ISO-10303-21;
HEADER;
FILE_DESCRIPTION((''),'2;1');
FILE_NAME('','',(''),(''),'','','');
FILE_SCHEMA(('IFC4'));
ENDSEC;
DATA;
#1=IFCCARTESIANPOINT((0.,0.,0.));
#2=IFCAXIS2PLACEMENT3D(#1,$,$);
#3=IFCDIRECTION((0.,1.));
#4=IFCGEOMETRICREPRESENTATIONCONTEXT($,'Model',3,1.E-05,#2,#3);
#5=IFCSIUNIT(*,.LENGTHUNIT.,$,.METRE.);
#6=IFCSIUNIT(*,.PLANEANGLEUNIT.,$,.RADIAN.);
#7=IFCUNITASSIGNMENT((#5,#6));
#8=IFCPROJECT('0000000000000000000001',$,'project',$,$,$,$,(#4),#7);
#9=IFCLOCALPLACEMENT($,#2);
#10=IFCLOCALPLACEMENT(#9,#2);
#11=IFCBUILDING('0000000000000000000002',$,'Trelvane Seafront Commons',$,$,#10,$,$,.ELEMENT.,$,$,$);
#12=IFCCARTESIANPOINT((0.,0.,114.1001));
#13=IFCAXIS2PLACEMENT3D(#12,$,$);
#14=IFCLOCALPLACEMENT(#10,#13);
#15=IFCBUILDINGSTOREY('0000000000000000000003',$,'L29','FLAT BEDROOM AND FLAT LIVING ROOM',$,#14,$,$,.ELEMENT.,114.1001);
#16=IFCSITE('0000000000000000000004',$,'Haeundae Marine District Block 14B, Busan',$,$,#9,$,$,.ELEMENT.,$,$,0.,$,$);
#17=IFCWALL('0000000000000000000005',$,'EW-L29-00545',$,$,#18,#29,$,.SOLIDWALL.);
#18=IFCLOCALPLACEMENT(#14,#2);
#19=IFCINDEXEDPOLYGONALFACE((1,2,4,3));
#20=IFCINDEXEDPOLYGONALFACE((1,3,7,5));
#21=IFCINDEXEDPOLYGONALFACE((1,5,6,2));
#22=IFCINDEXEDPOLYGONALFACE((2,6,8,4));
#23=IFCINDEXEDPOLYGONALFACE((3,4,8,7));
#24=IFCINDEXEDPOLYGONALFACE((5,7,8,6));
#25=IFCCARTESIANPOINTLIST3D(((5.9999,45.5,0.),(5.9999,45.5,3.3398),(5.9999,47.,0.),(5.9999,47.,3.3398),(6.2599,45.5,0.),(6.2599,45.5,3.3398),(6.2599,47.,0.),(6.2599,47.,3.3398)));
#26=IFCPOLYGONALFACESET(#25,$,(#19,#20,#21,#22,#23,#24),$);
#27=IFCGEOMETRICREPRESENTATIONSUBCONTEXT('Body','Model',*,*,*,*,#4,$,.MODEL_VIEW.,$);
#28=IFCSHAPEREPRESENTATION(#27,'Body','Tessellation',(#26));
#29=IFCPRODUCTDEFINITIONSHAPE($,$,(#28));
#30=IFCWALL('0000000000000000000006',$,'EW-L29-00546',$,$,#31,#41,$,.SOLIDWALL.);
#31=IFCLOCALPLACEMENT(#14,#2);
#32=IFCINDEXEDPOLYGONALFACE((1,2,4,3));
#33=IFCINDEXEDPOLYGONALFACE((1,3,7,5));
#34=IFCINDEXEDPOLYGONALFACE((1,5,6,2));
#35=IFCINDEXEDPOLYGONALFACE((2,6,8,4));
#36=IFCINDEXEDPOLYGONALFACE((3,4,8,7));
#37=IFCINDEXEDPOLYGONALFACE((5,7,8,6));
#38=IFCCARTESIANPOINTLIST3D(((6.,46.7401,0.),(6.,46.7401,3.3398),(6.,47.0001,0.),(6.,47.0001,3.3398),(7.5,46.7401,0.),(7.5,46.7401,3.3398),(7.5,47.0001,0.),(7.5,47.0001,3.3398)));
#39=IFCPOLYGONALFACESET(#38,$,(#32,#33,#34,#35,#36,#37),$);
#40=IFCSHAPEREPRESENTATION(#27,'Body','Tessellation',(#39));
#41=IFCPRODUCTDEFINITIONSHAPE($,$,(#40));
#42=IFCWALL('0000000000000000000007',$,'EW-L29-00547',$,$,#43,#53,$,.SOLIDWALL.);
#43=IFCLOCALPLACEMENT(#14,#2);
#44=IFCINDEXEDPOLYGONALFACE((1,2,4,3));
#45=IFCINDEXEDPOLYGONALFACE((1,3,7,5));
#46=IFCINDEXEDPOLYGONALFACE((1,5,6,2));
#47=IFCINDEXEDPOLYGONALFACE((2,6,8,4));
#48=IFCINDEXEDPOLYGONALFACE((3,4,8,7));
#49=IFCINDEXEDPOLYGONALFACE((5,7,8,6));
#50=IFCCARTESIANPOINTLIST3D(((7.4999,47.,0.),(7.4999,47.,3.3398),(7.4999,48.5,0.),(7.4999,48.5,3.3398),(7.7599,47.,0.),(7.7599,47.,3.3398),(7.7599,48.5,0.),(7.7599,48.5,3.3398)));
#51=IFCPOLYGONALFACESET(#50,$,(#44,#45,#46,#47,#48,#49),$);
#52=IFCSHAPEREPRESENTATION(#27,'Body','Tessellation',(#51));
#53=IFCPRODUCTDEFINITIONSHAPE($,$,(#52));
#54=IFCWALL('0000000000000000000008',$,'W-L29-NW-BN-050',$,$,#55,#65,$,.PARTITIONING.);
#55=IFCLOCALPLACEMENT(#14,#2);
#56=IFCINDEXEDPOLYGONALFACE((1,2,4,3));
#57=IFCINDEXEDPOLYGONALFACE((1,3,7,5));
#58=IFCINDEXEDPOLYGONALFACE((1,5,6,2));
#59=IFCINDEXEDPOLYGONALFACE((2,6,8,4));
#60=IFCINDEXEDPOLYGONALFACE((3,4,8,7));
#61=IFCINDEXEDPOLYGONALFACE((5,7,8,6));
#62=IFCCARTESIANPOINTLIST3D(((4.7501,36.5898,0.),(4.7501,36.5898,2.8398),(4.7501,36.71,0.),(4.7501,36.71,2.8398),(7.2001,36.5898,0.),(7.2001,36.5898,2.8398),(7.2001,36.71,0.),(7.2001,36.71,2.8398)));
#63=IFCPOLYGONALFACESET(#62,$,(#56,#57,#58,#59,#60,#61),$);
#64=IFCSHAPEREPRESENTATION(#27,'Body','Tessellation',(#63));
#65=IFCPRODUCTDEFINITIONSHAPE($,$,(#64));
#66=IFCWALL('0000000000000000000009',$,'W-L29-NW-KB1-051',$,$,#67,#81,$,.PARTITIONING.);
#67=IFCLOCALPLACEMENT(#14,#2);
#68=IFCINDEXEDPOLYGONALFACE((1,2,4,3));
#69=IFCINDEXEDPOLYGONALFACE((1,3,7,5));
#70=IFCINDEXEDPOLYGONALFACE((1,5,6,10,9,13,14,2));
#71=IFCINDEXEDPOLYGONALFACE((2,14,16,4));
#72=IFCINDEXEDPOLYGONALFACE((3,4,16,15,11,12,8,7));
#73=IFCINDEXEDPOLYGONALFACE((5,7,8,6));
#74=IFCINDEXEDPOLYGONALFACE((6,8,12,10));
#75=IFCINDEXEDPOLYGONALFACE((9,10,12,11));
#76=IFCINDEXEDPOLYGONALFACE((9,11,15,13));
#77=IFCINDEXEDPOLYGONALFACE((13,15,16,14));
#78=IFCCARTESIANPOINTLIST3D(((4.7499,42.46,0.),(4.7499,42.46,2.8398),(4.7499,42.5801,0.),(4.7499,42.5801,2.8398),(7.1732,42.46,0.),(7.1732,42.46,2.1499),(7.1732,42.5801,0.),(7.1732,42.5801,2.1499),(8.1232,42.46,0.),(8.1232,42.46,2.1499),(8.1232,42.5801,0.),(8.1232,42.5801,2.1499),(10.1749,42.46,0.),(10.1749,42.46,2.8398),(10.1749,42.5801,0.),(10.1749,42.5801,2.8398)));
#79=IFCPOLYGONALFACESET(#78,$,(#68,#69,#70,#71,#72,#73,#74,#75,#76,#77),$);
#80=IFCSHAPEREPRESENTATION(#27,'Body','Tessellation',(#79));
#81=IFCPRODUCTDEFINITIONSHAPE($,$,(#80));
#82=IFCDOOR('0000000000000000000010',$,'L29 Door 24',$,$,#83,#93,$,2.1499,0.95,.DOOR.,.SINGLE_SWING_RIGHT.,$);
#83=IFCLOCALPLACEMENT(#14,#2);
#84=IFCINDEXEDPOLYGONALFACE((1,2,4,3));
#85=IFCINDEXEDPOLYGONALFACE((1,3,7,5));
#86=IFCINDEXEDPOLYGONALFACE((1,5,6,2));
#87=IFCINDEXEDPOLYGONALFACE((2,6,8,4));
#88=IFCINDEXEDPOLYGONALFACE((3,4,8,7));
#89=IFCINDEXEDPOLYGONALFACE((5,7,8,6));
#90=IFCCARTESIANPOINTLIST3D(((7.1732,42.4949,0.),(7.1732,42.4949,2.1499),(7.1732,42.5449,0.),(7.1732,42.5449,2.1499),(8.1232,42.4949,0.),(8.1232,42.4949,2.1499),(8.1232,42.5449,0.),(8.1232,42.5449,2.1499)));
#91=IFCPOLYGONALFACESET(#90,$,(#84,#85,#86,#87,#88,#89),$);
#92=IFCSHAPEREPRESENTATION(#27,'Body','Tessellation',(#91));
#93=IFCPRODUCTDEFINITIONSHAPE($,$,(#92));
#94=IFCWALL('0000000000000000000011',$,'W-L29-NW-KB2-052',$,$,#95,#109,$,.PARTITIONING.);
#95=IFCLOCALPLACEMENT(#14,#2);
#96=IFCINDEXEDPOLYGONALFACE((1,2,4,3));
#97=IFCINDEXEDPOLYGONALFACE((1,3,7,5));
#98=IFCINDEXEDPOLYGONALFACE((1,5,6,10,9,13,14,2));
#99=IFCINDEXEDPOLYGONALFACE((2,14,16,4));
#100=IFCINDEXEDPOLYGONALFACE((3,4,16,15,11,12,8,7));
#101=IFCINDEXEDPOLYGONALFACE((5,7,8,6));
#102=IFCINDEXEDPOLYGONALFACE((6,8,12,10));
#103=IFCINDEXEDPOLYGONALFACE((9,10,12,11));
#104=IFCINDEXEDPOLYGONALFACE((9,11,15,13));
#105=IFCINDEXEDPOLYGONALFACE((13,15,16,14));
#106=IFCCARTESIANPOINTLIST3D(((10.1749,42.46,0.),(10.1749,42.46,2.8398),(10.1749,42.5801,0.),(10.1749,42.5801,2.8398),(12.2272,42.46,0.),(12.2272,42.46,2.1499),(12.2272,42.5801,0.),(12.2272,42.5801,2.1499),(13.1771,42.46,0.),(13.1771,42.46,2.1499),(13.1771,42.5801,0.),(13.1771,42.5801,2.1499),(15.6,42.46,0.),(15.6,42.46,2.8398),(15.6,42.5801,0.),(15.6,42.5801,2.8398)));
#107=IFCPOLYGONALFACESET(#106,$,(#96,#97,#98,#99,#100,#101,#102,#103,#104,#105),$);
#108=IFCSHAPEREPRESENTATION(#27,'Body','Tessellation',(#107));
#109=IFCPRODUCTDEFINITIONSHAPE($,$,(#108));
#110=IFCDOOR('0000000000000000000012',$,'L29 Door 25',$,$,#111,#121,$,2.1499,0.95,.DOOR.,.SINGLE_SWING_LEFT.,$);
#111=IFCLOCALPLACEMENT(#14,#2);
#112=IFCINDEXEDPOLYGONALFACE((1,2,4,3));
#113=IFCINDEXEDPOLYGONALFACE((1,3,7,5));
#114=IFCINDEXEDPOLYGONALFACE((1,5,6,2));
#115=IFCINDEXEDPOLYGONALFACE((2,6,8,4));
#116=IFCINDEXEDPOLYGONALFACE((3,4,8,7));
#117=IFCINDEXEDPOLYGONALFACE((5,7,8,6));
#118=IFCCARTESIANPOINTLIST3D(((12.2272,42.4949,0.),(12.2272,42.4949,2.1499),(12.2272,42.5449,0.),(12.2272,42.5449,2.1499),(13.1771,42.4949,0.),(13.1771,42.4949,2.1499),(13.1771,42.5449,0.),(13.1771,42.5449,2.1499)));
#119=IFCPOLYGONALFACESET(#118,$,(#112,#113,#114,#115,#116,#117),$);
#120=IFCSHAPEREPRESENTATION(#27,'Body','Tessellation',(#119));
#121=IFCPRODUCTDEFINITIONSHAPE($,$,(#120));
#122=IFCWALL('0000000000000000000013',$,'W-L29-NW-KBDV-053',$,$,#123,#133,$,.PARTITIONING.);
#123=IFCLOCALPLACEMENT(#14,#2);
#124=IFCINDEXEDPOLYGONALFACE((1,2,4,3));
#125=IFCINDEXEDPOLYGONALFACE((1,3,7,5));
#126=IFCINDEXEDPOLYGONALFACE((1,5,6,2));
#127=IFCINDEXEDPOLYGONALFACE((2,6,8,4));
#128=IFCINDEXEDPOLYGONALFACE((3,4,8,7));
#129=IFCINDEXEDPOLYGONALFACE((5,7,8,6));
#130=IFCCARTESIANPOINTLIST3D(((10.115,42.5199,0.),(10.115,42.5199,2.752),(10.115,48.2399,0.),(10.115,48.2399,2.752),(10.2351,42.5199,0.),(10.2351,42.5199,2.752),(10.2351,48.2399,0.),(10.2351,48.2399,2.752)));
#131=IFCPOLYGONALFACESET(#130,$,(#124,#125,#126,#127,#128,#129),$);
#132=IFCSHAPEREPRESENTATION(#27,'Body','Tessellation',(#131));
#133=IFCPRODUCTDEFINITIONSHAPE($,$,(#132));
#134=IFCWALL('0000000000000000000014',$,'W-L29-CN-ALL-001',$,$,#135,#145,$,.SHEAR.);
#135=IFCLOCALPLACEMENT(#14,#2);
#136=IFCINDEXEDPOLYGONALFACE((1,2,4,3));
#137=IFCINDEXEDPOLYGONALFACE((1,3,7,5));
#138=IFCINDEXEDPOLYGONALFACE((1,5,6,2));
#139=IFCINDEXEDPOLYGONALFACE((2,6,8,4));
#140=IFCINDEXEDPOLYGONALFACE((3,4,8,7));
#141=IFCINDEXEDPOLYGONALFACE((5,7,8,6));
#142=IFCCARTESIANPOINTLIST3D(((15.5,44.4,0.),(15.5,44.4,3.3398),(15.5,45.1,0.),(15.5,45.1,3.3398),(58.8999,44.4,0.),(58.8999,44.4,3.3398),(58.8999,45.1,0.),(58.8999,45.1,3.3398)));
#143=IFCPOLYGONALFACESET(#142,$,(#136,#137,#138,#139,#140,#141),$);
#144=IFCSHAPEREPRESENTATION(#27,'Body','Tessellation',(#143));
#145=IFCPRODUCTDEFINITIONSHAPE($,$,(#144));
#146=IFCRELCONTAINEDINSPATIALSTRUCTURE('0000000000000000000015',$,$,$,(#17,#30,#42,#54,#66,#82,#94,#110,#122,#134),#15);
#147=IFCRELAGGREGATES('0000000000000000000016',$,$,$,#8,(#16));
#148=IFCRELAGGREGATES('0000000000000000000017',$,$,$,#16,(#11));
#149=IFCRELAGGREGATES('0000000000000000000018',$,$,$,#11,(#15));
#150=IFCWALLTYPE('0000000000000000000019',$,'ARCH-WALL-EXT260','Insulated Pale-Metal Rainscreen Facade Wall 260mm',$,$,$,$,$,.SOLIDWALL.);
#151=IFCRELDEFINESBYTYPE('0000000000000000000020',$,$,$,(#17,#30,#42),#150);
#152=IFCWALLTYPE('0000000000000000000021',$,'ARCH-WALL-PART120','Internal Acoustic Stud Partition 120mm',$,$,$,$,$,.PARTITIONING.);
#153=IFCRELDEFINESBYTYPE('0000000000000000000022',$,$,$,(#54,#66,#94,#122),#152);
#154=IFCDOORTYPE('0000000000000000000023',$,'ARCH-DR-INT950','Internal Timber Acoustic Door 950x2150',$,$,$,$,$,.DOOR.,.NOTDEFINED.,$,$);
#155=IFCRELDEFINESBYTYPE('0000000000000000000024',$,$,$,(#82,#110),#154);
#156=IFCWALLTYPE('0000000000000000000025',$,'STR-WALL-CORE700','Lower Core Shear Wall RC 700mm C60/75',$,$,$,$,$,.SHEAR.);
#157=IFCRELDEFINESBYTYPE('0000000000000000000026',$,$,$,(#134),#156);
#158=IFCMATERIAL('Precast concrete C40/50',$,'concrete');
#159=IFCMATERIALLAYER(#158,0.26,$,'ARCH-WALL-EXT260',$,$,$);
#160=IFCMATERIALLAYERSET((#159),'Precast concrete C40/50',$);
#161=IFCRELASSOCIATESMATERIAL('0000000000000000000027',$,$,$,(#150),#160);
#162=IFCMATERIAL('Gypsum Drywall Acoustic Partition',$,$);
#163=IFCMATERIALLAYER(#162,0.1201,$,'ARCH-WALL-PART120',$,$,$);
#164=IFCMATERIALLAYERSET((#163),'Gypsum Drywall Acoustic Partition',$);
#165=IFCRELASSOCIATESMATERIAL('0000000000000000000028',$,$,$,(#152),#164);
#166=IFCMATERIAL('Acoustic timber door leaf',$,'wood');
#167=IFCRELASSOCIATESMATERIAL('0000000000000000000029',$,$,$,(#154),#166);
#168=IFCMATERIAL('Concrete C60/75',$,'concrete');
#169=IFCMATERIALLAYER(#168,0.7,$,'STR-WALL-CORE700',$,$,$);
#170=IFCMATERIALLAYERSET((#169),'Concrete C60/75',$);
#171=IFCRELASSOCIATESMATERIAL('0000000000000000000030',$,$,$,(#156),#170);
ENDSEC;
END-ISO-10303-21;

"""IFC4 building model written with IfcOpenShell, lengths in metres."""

from ifc_helpers import new_model, si_unit, direction, frame, frame_2d, origin, place, context, subcontext, project, spatial, rectangle, extrude, source, transform, mapped, material, layer, layer_set, type_object, element, fill, save


model = new_model("IFC4")

# Units and contexts
model_context = context("Model", 3, precision=1e-05, world=origin(), true_north=direction((0.0, 1.0)))
body_context = subcontext(model_context, "Body", "Model", "MODEL_VIEW")
ifc_project = project(units=[si_unit("LENGTHUNIT", "METRE"), si_unit("PLANEANGLEUNIT", "RADIAN")], contexts=[model_context])

# Site, building, storey
site_placement = place(None, origin())
site = spatial("IfcSite", under=ifc_project, at=site_placement, Name="Haeundae Marine District Block 14B, Busan", CompositionType="ELEMENT", RefElevation=0.0)
building_placement = place(site_placement, origin())
building = spatial("IfcBuilding", under=site, at=building_placement, Name="Trelvane Seafront Commons", CompositionType="ELEMENT")
storey_placement = place(building_placement, frame((0.0, 0.0, 114.1001)))
storey = spatial("IfcBuildingStorey", under=building, at=storey_placement, Name="L29", Description="FLAT BEDROOM AND FLAT LIVING ROOM", CompositionType="ELEMENT", Elevation=114.1001)

# Shared definitions
ifc_material_1 = material(Name="Concrete C60/75", Category="concrete")

# Shared definitions
ifc_material_2 = material(Name="Precast concrete C40/50", Category="concrete")
ifc_layer_1 = layer(ifc_material_2, 0.26, Name="ARCH-WALL-EXT260")
ifc_layer_set_1 = layer_set([ifc_layer_1], Name="Precast concrete C40/50")
wall_type_1 = type_object("IfcWallType", Name="ARCH-WALL-EXT260", Description="Insulated Pale-Metal Rainscreen Facade Wall 260mm", PredefinedType="SOLIDWALL", material=ifc_layer_set_1)

# Walls
for number, where, z_axis, x_axis, name in (
    (1, (6.1299, 45.5, 0.0), (0.0, 0.0, 1.0), (0.0, 1.0, 0.0), "EW-L29-00545"),
    (2, (6.0, 46.8701, 0.0), (0.0, 0.0, 1.0), (1.0, 0.0, 0.0), "EW-L29-00546"),
    (3, (7.6299, 47.0, 0.0), (0.0, 0.0, 1.0), (0.0, 1.0, 0.0), "EW-L29-00547"),
):
    element("IfcWall", number, at=place(storey_placement, frame(where, z_axis=z_axis, x_axis=x_axis)), inside=storey, type_object=wall_type_1, Name=name, PredefinedType="SOLIDWALL", context=body_context, shape_type="SweptSolid", body=[
        extrude(rectangle(XDim=1.5, YDim=0.26, at=frame_2d((0.75, 0.0))), origin(), (0.0, 0.0, 1.0), 3.3398),
    ])
ifc_material_3 = material(Name="Gypsum Drywall Acoustic Partition")
ifc_layer_2 = layer(ifc_material_3, 0.1201, Name="ARCH-WALL-PART120")
ifc_layer_set_2 = layer_set([ifc_layer_2], Name="Gypsum Drywall Acoustic Partition")
wall_type_2 = type_object("IfcWallType", Name="ARCH-WALL-PART120", Description="Internal Acoustic Stud Partition 120mm", PredefinedType="PARTITIONING", material=ifc_layer_set_2)
wall_1_placement = place(storey_placement, frame((4.75, 36.6499, 0.0), z_axis=(0.0, 0.0, 1.0), x_axis=(1.0, 0.0, 0.0)))
element("IfcWall", 4, at=wall_1_placement, inside=storey, type_object=wall_type_2, Name="W-L29-NW-BN-050", PredefinedType="PARTITIONING", context=body_context, shape_type="SweptSolid", body=[
    extrude(rectangle(XDim=2.45, YDim=0.1201, at=frame_2d((1.2251, 0.0))), origin(), (0.0, 0.0, 1.0), 2.8398),
])

# Walls, openings, doors
wall_2_placement = place(storey_placement, frame((4.75, 42.52, 0.0), z_axis=(0.0, 0.0, 1.0), x_axis=(1.0, 0.0, 0.0)))
wall_2 = element("IfcWall", 5, at=wall_2_placement, inside=storey, type_object=wall_type_2, Name="W-L29-NW-KB1-051", PredefinedType="PARTITIONING", context=body_context, shape_type="SweptSolid", body=[
    extrude(rectangle(XDim=5.425, YDim=0.1201, at=frame_2d((2.7124, 0.0))), origin(), (0.0, 0.0, 1.0), 2.8398),
])
opening_1_placement = place(wall_2_placement, frame((2.4231, 0.0, 0.0)))
opening_1 = element("IfcOpeningElement", 6, at=opening_1_placement, cuts=wall_2, PredefinedType="OPENING", context=body_context, shape_type="SweptSolid", body=[
    extrude(rectangle(XDim=0.95, YDim=2.1499, at=frame_2d((0.4751, 1.075))), frame((0.0, 0.0701, 0.0), z_axis=(0.0, -1.0, 0.0), x_axis=(1.0, 0.0, 0.0)), (0.0, 0.0, 1.0), 0.1401),
])
ifc_material_4 = material(Name="Acoustic timber door leaf", Category="wood")
door_type_1 = type_object("IfcDoorType", Name="ARCH-DR-INT950", Description="Internal Timber Acoustic Door 950x2150", OperationType="NOTDEFINED", PredefinedType="DOOR", material=ifc_material_4)
shared_shape_1 = source(origin(), body_context, "Body", "SweptSolid", [
    extrude(rectangle(XDim=0.95, YDim=2.1499, at=frame_2d((0.4751, 1.075))), frame((0.0, 0.0249, 0.0), z_axis=(0.0, -1.0, 0.0), x_axis=(1.0, 0.0, 0.0)), (0.0, 0.0, 1.0), 0.05),
])
door_1_placement = place(opening_1_placement, origin())
door_1 = element("IfcDoor", 7, at=door_1_placement, inside=storey, type_object=door_type_1, Name="L29 Door 24", OperationType="SINGLE_SWING_RIGHT", OverallHeight=2.1499, OverallWidth=0.95, PredefinedType="DOOR", context=body_context, shape_type="MappedRepresentation", body=[
    mapped(shared_shape_1, transform((0.0, 0.0, 0.0), x_axis=(1.0, 0.0, 0.0), y_axis=(0.0, 1.0, 0.0), z_axis=(0.0, 0.0, 1.0), scale=1.0)),
])
fill(opening_1, door_1)
wall_3_placement = place(storey_placement, frame((10.175, 42.52, 0.0), z_axis=(0.0, 0.0, 1.0), x_axis=(1.0, 0.0, 0.0)))
wall_3 = element("IfcWall", 8, at=wall_3_placement, inside=storey, type_object=wall_type_2, Name="W-L29-NW-KB2-052", PredefinedType="PARTITIONING", context=body_context, shape_type="SweptSolid", body=[
    extrude(rectangle(XDim=5.425, YDim=0.1201, at=frame_2d((2.7124, 0.0))), origin(), (0.0, 0.0, 1.0), 2.8398),
])
opening_2_placement = place(wall_3_placement, frame((2.052, 0.0, 0.0)))
opening_2 = element("IfcOpeningElement", 9, at=opening_2_placement, cuts=wall_3, PredefinedType="OPENING", context=body_context, shape_type="SweptSolid", body=[
    extrude(rectangle(XDim=0.95, YDim=2.1499, at=frame_2d((0.4751, 1.075))), frame((0.0, 0.0701, 0.0), z_axis=(0.0, -1.0, 0.0), x_axis=(1.0, 0.0, 0.0)), (0.0, 0.0, 1.0), 0.1401),
])
door_2_placement = place(opening_2_placement, origin())
door_2 = element("IfcDoor", 10, at=door_2_placement, inside=storey, type_object=door_type_1, Name="L29 Door 25", OperationType="SINGLE_SWING_LEFT", OverallHeight=2.1499, OverallWidth=0.95, PredefinedType="DOOR", context=body_context, shape_type="MappedRepresentation", body=[
    mapped(shared_shape_1, transform((0.0, 0.0, 0.0), x_axis=(1.0, 0.0, 0.0), y_axis=(0.0, 1.0, 0.0), z_axis=(0.0, 0.0, 1.0), scale=1.0)),
])
fill(opening_2, door_2)

# Wall
wall_4_placement = place(storey_placement, frame((10.175, 42.52, 0.0), z_axis=(0.0, 0.0, 1.0), x_axis=(0.0, 1.0, 0.0)))
element("IfcWall", 11, at=wall_4_placement, inside=storey, type_object=wall_type_2, Name="W-L29-NW-KBDV-053", PredefinedType="PARTITIONING", context=body_context, shape_type="SweptSolid", body=[
    extrude(rectangle(XDim=5.72, YDim=0.1201, at=frame_2d((2.8599, 0.0))), origin(), (0.0, 0.0, 1.0), 2.752),
])

# Wall
ifc_layer_3 = layer(ifc_material_1, 0.7, Name="STR-WALL-CORE700")
ifc_layer_set_3 = layer_set([ifc_layer_3], Name="Concrete C60/75")
wall_type_3 = type_object("IfcWallType", Name="STR-WALL-CORE700", Description="Lower Core Shear Wall RC 700mm C60/75", PredefinedType="SHEAR", material=ifc_layer_set_3)
wall_5_placement = place(storey_placement, frame((15.5, 44.75, 0.0), z_axis=(0.0, 0.0, 1.0), x_axis=(1.0, 0.0, 0.0)))
element("IfcWall", 12, at=wall_5_placement, inside=storey, type_object=wall_type_3, Name="W-L29-CN-ALL-001", PredefinedType="SHEAR", context=body_context, shape_type="SweptSolid", body=[
    extrude(rectangle(XDim=43.3999, YDim=0.7, at=frame_2d((21.7, 0.0))), origin(), (0.0, 0.0, 1.0), 3.3398),
])

save(model, "model.ifc")
